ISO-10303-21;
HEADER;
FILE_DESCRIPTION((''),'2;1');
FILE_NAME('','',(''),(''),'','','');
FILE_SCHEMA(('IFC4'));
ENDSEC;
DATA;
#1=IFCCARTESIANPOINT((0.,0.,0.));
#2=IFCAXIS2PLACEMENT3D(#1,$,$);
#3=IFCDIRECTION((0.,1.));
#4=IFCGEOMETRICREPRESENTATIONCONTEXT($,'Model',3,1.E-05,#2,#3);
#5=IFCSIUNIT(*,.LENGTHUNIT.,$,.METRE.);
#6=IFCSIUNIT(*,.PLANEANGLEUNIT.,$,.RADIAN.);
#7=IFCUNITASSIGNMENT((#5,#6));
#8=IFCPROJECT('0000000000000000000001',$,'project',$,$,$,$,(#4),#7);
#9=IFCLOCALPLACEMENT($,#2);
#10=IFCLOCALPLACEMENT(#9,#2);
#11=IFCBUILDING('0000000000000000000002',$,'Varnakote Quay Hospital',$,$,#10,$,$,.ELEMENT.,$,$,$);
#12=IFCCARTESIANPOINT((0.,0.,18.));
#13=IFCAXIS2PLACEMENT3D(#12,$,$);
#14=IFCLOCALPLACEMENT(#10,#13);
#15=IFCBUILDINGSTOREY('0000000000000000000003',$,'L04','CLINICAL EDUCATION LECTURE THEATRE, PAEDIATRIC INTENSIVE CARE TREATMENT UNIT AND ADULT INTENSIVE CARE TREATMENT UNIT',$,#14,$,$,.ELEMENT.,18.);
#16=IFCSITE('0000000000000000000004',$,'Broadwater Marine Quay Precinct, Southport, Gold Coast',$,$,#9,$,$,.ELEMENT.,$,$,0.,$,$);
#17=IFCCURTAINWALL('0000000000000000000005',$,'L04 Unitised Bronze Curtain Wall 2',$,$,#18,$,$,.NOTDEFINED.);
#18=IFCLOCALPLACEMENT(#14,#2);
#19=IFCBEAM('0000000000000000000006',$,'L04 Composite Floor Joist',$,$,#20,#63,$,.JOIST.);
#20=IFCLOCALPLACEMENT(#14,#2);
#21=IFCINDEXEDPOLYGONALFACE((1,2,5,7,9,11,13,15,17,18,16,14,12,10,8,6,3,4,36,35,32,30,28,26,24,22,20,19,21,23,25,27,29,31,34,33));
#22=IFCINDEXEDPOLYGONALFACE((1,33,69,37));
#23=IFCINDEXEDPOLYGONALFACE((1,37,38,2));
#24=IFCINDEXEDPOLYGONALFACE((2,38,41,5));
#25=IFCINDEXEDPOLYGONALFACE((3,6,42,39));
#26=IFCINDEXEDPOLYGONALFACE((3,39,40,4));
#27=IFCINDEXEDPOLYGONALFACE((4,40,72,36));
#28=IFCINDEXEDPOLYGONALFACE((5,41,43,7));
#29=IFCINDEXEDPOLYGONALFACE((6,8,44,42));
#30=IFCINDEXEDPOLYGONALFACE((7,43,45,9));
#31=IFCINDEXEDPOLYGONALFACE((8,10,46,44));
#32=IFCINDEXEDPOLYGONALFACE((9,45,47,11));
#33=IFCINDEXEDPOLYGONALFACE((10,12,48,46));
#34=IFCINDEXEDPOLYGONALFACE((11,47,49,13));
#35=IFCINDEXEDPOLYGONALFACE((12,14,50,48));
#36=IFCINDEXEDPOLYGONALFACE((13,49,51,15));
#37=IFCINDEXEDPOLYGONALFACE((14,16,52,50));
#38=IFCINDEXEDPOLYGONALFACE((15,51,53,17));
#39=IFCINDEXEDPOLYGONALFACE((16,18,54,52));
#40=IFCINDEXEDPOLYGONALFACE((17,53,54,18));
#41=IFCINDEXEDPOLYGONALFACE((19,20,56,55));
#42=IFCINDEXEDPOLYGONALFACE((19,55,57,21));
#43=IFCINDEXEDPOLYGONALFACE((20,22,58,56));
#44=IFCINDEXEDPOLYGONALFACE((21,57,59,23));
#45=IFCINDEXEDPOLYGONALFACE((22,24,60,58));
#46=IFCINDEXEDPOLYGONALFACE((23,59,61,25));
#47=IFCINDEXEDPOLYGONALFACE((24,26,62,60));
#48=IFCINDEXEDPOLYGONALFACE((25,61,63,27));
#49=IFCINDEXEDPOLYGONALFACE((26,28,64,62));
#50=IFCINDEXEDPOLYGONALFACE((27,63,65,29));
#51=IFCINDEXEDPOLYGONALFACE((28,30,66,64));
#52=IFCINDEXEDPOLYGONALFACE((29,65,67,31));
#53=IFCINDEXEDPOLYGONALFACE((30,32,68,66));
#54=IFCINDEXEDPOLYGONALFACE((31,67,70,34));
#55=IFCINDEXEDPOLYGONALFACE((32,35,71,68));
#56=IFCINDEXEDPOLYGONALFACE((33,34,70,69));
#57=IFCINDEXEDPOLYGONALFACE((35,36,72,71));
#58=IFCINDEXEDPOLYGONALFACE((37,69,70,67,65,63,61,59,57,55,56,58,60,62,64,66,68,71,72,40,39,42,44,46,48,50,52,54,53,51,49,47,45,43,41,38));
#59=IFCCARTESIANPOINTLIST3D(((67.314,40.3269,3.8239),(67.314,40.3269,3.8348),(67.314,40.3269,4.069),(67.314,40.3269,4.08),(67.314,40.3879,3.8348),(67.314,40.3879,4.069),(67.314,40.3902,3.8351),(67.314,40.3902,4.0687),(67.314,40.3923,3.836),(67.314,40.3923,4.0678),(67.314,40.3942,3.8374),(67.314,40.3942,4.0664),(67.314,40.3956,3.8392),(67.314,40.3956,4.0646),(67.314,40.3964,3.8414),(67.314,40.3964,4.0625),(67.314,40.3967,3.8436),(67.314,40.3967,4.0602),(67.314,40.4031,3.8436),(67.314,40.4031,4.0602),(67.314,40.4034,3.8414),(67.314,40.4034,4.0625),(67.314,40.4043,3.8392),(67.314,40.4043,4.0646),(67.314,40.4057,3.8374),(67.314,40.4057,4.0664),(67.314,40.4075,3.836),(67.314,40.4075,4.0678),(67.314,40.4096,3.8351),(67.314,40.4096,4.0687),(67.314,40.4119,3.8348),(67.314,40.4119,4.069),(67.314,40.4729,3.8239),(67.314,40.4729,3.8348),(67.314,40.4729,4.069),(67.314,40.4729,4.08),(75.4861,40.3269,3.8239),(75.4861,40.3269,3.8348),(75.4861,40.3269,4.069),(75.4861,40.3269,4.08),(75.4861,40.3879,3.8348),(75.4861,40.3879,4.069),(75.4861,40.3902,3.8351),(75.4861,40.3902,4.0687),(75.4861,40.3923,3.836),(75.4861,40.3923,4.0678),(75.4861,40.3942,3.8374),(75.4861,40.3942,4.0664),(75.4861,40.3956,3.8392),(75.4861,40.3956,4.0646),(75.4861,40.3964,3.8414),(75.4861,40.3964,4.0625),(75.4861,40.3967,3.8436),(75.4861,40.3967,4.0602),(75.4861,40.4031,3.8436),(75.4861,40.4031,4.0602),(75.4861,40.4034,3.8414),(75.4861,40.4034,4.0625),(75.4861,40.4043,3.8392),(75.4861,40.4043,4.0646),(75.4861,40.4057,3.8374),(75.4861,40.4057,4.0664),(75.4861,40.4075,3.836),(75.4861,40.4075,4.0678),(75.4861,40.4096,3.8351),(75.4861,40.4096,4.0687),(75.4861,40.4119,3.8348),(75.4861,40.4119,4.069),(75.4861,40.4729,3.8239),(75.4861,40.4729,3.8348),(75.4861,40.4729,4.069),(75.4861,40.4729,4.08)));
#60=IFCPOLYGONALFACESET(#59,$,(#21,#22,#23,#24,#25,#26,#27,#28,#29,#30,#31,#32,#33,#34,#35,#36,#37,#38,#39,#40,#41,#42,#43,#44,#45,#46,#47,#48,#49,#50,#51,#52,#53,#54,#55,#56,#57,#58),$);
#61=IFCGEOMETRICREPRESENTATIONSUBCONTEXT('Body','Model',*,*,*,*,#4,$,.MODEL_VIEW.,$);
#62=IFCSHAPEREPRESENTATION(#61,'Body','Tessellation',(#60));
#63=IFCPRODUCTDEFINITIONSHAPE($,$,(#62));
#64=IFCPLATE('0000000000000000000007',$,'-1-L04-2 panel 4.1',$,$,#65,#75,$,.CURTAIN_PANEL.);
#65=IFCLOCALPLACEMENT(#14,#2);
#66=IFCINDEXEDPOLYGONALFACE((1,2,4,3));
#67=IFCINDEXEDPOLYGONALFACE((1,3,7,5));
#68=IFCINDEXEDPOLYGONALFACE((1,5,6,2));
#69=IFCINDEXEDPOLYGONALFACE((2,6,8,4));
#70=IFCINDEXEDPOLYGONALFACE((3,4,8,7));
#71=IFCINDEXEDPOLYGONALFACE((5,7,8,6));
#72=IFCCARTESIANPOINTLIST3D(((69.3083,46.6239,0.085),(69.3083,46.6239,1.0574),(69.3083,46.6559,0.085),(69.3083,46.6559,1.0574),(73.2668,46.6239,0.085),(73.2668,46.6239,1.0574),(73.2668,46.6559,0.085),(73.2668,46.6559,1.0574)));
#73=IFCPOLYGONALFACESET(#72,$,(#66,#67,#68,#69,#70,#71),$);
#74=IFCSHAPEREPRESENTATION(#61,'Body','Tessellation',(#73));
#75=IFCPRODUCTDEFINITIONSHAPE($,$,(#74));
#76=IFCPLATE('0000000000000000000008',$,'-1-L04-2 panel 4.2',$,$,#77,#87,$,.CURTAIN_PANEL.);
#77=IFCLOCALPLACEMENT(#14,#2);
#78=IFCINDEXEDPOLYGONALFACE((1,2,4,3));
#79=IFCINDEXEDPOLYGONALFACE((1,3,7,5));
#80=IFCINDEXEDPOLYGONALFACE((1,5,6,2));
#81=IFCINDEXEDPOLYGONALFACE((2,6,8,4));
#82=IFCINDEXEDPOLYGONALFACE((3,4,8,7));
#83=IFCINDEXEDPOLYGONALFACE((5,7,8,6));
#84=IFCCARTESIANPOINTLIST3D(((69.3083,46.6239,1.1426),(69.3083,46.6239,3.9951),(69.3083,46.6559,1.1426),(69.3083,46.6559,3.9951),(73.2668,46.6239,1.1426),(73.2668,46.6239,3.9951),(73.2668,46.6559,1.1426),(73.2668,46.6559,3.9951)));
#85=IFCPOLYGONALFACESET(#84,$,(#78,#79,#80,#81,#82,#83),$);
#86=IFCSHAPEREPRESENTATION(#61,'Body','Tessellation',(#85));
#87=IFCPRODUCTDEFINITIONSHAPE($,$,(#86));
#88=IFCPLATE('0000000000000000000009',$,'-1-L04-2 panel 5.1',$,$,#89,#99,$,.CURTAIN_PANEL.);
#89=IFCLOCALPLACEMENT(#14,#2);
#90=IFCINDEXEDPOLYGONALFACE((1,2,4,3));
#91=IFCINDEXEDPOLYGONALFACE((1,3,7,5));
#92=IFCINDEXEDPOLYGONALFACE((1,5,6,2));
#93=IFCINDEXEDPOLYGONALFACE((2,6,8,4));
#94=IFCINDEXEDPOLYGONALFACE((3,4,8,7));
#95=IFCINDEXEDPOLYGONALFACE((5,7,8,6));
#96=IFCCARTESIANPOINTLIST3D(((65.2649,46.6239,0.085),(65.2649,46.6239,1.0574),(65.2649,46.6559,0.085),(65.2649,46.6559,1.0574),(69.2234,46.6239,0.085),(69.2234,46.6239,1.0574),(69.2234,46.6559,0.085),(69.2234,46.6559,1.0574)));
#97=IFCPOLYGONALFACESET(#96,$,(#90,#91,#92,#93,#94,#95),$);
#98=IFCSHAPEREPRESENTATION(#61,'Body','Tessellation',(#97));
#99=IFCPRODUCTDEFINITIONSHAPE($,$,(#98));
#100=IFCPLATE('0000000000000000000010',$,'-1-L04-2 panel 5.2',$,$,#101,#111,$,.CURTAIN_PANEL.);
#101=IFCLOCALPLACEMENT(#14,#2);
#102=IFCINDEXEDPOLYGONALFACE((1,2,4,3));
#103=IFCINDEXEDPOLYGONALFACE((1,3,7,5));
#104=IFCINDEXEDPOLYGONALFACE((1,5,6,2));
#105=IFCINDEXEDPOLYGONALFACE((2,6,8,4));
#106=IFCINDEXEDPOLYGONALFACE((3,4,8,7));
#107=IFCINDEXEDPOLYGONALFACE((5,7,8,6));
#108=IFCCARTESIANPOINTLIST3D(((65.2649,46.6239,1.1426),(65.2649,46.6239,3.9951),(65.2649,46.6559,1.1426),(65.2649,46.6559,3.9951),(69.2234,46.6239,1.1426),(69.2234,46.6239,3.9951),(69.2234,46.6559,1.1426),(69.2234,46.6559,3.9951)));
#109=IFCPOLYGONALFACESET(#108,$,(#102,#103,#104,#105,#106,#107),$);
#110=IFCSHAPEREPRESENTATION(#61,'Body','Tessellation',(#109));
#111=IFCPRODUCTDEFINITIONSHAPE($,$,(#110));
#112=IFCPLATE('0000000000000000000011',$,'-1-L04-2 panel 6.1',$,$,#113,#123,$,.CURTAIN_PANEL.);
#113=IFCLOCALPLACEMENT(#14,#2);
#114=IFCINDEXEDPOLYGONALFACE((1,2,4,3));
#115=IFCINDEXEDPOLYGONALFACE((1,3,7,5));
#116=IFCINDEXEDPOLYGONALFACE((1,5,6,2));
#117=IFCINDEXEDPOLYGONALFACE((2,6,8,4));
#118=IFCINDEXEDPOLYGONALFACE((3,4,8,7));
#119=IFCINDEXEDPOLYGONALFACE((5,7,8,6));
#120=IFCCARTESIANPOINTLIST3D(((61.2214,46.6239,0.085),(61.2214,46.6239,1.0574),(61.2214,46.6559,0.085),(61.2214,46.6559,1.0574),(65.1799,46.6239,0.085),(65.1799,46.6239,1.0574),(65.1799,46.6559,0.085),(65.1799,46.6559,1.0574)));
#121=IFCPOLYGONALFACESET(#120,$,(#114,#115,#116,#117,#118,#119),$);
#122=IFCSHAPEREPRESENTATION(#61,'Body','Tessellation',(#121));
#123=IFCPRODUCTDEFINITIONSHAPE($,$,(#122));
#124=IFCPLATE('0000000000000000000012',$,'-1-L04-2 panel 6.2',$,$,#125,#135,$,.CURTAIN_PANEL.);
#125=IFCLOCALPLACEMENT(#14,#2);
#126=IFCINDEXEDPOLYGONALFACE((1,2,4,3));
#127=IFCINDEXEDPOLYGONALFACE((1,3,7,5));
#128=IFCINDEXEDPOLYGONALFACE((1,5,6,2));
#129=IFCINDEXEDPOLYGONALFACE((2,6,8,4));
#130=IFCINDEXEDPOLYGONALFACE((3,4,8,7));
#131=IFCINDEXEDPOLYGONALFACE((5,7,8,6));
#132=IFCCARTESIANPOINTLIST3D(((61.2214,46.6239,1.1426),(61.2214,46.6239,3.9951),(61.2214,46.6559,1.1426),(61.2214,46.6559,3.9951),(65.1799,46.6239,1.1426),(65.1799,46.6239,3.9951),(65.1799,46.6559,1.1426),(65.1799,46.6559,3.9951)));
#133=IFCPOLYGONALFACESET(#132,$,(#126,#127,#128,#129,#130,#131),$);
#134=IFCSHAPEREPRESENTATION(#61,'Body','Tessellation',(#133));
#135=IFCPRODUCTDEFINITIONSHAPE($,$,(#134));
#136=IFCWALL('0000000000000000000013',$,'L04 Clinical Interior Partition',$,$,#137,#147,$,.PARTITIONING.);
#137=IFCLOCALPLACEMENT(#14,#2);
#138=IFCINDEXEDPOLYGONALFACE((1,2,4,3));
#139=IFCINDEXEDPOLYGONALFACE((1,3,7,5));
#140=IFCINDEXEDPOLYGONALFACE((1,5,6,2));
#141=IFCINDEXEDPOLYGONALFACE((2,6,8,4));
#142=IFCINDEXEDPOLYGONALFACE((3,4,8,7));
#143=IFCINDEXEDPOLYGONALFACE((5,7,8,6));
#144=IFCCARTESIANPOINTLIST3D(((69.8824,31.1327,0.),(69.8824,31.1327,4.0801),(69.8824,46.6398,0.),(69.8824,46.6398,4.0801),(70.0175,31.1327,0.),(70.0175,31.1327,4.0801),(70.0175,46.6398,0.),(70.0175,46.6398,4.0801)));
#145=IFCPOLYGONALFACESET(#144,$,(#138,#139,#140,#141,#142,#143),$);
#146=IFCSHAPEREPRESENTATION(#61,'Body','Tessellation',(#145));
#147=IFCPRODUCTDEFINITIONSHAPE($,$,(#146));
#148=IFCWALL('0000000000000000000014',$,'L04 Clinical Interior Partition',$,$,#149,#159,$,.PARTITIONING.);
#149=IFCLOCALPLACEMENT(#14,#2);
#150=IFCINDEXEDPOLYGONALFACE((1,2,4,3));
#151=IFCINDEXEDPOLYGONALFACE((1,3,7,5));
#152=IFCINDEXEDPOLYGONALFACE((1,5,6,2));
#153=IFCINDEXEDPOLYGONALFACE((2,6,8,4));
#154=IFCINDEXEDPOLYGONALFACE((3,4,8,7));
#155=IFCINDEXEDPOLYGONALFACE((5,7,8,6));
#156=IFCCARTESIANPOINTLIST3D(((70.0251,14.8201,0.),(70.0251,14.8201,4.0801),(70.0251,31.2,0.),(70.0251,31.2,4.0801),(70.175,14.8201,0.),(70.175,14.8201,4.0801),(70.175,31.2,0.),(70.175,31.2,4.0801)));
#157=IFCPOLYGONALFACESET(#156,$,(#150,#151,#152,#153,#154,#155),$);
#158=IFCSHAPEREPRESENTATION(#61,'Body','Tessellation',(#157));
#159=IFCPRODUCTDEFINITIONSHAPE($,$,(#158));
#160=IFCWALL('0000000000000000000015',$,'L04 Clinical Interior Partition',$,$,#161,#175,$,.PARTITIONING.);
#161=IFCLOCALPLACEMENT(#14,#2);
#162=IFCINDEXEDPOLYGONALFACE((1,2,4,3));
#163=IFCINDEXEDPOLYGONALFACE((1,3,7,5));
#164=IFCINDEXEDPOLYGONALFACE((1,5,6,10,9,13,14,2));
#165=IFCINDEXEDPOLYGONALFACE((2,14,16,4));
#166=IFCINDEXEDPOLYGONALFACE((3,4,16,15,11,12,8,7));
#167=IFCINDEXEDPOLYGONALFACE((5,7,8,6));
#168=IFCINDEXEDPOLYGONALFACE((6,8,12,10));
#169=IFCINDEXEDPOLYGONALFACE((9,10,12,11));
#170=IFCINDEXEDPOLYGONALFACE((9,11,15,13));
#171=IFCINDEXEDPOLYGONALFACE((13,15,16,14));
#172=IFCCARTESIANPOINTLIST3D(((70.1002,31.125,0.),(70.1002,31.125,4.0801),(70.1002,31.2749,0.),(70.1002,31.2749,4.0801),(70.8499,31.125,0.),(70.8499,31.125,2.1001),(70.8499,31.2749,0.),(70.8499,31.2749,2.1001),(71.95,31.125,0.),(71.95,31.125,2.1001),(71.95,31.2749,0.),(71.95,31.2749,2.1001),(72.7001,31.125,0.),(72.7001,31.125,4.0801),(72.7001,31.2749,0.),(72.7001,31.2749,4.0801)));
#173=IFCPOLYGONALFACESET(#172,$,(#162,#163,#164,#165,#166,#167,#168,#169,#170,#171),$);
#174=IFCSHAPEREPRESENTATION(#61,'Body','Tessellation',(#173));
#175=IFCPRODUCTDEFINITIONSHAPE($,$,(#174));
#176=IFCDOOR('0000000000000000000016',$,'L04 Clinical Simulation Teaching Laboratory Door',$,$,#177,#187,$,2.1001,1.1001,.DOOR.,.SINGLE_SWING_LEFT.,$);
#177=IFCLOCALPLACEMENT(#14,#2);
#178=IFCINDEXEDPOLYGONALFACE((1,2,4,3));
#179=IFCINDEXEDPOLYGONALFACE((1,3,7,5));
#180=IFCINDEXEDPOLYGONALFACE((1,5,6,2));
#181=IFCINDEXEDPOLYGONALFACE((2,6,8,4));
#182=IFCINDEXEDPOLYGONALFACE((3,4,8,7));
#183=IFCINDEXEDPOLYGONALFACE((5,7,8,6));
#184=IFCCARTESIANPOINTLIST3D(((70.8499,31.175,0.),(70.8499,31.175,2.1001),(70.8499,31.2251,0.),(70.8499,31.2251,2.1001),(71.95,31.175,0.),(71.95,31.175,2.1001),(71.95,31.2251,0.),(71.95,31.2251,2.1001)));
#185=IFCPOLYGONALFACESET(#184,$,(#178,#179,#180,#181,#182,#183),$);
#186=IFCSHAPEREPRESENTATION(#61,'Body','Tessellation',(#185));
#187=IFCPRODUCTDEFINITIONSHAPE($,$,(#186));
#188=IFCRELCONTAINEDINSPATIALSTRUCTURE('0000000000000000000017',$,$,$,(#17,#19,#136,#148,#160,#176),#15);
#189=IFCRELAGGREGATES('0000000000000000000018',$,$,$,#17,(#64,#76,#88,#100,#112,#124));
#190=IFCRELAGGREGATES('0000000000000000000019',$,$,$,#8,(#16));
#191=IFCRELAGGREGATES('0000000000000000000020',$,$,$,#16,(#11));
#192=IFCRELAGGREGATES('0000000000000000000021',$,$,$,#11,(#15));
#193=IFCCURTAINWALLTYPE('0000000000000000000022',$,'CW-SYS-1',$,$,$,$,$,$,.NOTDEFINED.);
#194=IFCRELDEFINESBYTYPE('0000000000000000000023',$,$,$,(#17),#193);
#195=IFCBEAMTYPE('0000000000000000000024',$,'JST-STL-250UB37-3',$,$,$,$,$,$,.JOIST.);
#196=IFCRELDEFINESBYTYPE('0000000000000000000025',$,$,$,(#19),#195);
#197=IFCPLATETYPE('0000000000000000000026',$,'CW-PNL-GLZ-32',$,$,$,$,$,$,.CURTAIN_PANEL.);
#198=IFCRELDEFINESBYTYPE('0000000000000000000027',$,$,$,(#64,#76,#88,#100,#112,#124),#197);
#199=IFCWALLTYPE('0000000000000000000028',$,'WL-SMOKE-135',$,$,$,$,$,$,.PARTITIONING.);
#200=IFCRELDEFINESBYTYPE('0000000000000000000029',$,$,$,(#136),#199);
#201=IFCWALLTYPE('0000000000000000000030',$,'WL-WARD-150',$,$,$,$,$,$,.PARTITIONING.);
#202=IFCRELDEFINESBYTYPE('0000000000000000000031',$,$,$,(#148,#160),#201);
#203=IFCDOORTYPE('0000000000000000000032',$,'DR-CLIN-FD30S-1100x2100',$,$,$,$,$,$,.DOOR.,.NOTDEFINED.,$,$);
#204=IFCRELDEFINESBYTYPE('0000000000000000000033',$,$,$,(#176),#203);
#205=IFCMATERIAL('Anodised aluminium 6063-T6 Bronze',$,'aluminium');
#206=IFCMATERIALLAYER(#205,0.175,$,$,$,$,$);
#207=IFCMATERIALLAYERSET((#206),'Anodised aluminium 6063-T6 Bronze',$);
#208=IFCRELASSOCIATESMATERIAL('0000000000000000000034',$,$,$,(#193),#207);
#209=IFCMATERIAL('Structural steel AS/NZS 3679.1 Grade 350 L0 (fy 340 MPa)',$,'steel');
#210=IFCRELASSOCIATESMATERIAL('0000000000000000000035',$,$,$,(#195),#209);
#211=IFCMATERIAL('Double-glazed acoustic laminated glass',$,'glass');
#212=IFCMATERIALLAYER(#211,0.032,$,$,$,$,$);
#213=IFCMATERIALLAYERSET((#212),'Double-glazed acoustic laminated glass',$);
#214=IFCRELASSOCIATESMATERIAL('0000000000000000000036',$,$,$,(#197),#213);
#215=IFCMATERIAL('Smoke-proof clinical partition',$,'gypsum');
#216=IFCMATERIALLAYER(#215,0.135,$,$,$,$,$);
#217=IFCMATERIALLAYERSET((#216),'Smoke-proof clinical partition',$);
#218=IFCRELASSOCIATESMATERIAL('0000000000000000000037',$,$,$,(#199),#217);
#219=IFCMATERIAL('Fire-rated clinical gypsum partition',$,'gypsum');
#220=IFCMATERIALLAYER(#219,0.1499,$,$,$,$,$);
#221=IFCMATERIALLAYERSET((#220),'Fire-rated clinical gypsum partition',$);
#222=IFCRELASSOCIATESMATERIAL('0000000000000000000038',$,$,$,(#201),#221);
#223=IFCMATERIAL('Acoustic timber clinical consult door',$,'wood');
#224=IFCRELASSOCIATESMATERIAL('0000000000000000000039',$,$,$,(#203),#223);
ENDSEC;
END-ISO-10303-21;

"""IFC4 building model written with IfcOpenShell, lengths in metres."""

from ifc_helpers import new_model, si_unit, direction, frame, frame_2d, origin, origin_2d, place, context, subcontext, project, spatial, rectangle, i_section, extrude, material, layer, layer_set, material_profile, profile_set, type_object, element, fill, aggregate, save


model = new_model("IFC4")

# Units and contexts
model_context = context("Model", 3, precision=1e-05, world=origin(), true_north=direction((0.0, 1.0)))
body_context = subcontext(model_context, "Body", "Model", "MODEL_VIEW")
ifc_project = project(units=[si_unit("LENGTHUNIT", "METRE"), si_unit("PLANEANGLEUNIT", "RADIAN")], contexts=[model_context])

# Site, building, storey
site_placement = place(None, origin())
site = spatial("IfcSite", under=ifc_project, at=site_placement, Name="Broadwater Marine Quay Precinct, Southport, Gold Coast", CompositionType="ELEMENT", RefElevation=0.0)
building_placement = place(site_placement, origin())
building = spatial("IfcBuilding", under=site, at=building_placement, Name="Varnakote Quay Hospital", CompositionType="ELEMENT")
storey_placement = place(building_placement, frame((0.0, 0.0, 18.0)))
storey = spatial("IfcBuildingStorey", under=building, at=storey_placement, Name="L04", Description="CLINICAL EDUCATION LECTURE THEATRE, PAEDIATRIC INTENSIVE CARE TREATMENT UNIT AND ADULT INTENSIVE CARE TREATMENT UNIT", CompositionType="ELEMENT", Elevation=18.0)

# Curtain wall
ifc_material_1 = material(Name="Anodised aluminium 6063-T6 Bronze", Category="aluminium")
ifc_layer_1 = layer(ifc_material_1, 0.175)
ifc_layer_set_1 = layer_set([ifc_layer_1], Name="Anodised aluminium 6063-T6 Bronze")
curtain_wall_type = type_object("IfcCurtainWallType", Name="CW-SYS-1", PredefinedType="NOTDEFINED", material=ifc_layer_set_1)
curtain_wall_placement = place(storey_placement, origin())
curtain_wall = element("IfcCurtainWall", 1, at=curtain_wall_placement, inside=storey, type_object=curtain_wall_type, Name="L04 Unitised Bronze Curtain Wall 2", PredefinedType="NOTDEFINED")

# Beam
ifc_material_2 = material(Name="Structural steel AS/NZS 3679.1 Grade 350 L0 (fy 340 MPa)", Category="steel")
ifc_material_profile_1 = material_profile(ifc_material_2, i_section(OverallWidth=0.146, OverallDepth=0.2561, WebThickness=0.0063, FlangeThickness=0.011, FilletRadius=0.0088, at=origin_2d()), Name="250UB37.3")
ifc_profile_set_1 = profile_set([ifc_material_profile_1], Name="Structural steel AS/NZS 3679.1 Grade 350 L0 (fy 340 MPa)")
beam_type_1 = type_object("IfcBeamType", Name="JST-STL-250UB37-3", PredefinedType="JOIST", material=ifc_profile_set_1)
for number, where, z_axis, x_axis, name in (
    (2, (67.314, 40.3999, 3.9519), (1.0, 0.0, 0.0), (0.0, 1.0, 0.0), "L04 Composite Floor Joist"),
):
    element("IfcBeam", number, at=place(storey_placement, frame(where, z_axis=z_axis, x_axis=x_axis)), inside=storey, type_object=beam_type_1, Name=name, PredefinedType="JOIST", context=body_context, shape_type="SweptSolid", body=[
        extrude(i_section(OverallWidth=0.146, OverallDepth=0.2561, WebThickness=0.0063, FlangeThickness=0.011, FilletRadius=0.0088, at=origin_2d()), origin(), (0.0, 0.0, 1.0), 8.1721),
    ])

# Plates
ifc_material_3 = material(Name="Double-glazed acoustic laminated glass", Category="glass")
ifc_layer_2 = layer(ifc_material_3, 0.032)
ifc_layer_set_2 = layer_set([ifc_layer_2], Name="Double-glazed acoustic laminated glass")
plate_type = type_object("IfcPlateType", Name="CW-PNL-GLZ-32", PredefinedType="CURTAIN_PANEL", material=ifc_layer_set_2)
plate_1_placement = place(storey_placement, frame((71.2876, 46.6399, 0.085), z_axis=(0.0, 0.0, 1.0), x_axis=(-1.0, 0.0, 0.0)))
plate_1 = element("IfcPlate", 3, at=plate_1_placement, type_object=plate_type, Name="-1-L04-2 panel 4.1", PredefinedType="CURTAIN_PANEL", context=body_context, shape_type="SweptSolid", body=[
    extrude(rectangle(XDim=3.9585, YDim=0.032, at=origin_2d()), origin(), (0.0, 0.0, 1.0), 0.9724),
])
plate_2_placement = place(storey_placement, frame((71.2876, 46.6399, 1.1426), z_axis=(0.0, 0.0, 1.0), x_axis=(-1.0, 0.0, 0.0)))
plate_2 = element("IfcPlate", 4, at=plate_2_placement, type_object=plate_type, Name="-1-L04-2 panel 4.2", PredefinedType="CURTAIN_PANEL", context=body_context, shape_type="SweptSolid", body=[
    extrude(rectangle(XDim=3.9585, YDim=0.032, at=origin_2d()), origin(), (0.0, 0.0, 1.0), 2.8525),
])
plate_3_placement = place(storey_placement, frame((67.2441, 46.6399, 0.085), z_axis=(0.0, 0.0, 1.0), x_axis=(-1.0, 0.0, 0.0)))
plate_3 = element("IfcPlate", 5, at=plate_3_placement, type_object=plate_type, Name="-1-L04-2 panel 5.1", PredefinedType="CURTAIN_PANEL", context=body_context, shape_type="SweptSolid", body=[
    extrude(rectangle(XDim=3.9585, YDim=0.032, at=origin_2d()), origin(), (0.0, 0.0, 1.0), 0.9724),
])
plate_4_placement = place(storey_placement, frame((67.2441, 46.6399, 1.1426), z_axis=(0.0, 0.0, 1.0), x_axis=(-1.0, 0.0, 0.0)))
plate_4 = element("IfcPlate", 6, at=plate_4_placement, type_object=plate_type, Name="-1-L04-2 panel 5.2", PredefinedType="CURTAIN_PANEL", context=body_context, shape_type="SweptSolid", body=[
    extrude(rectangle(XDim=3.9585, YDim=0.032, at=origin_2d()), origin(), (0.0, 0.0, 1.0), 2.8525),
])
plate_5_placement = place(storey_placement, frame((63.2007, 46.6399, 0.085), z_axis=(0.0, 0.0, 1.0), x_axis=(-1.0, 0.0, 0.0)))
plate_5 = element("IfcPlate", 7, at=plate_5_placement, type_object=plate_type, Name="-1-L04-2 panel 6.1", PredefinedType="CURTAIN_PANEL", context=body_context, shape_type="SweptSolid", body=[
    extrude(rectangle(XDim=3.9585, YDim=0.032, at=origin_2d()), origin(), (0.0, 0.0, 1.0), 0.9724),
])
plate_6_placement = place(storey_placement, frame((63.2007, 46.6399, 1.1426), z_axis=(0.0, 0.0, 1.0), x_axis=(-1.0, 0.0, 0.0)))
plate_6 = element("IfcPlate", 8, at=plate_6_placement, type_object=plate_type, Name="-1-L04-2 panel 6.2", PredefinedType="CURTAIN_PANEL", context=body_context, shape_type="SweptSolid", body=[
    extrude(rectangle(XDim=3.9585, YDim=0.032, at=origin_2d()), origin(), (0.0, 0.0, 1.0), 2.8525),
])
aggregate(curtain_wall, [plate_1, plate_2, plate_3, plate_4, plate_5, plate_6])

# Walls
ifc_material_4 = material(Name="Smoke-proof clinical partition", Category="gypsum")
ifc_layer_3 = layer(ifc_material_4, 0.135)
ifc_layer_set_3 = layer_set([ifc_layer_3], Name="Smoke-proof clinical partition")
wall_type_1 = type_object("IfcWallType", Name="WL-SMOKE-135", PredefinedType="PARTITIONING", material=ifc_layer_set_3)
wall_1_placement = place(storey_placement, frame((69.95, 31.1328, 0.0), z_axis=(0.0, 0.0, 1.0), x_axis=(0.0, 1.0, 0.0)))
element("IfcWall", 9, at=wall_1_placement, inside=storey, type_object=wall_type_1, Name="L04 Clinical Interior Partition", PredefinedType="PARTITIONING", context=body_context, shape_type="SweptSolid", body=[
    extrude(rectangle(XDim=15.5071, YDim=0.135, at=frame_2d((7.7534, 0.0))), origin(), (0.0, 0.0, 1.0), 4.0801),
])
ifc_material_5 = material(Name="Fire-rated clinical gypsum partition", Category="gypsum")
ifc_layer_4 = layer(ifc_material_5, 0.1499)
ifc_layer_set_4 = layer_set([ifc_layer_4], Name="Fire-rated clinical gypsum partition")
wall_type_2 = type_object("IfcWallType", Name="WL-WARD-150", PredefinedType="PARTITIONING", material=ifc_layer_set_4)
wall_2_placement = place(storey_placement, frame((70.1001, 31.2, 0.0), z_axis=(0.0, 0.0, 1.0), x_axis=(0.0, -1.0, 0.0)))
element("IfcWall", 10, at=wall_2_placement, inside=storey, type_object=wall_type_2, Name="L04 Clinical Interior Partition", PredefinedType="PARTITIONING", context=body_context, shape_type="SweptSolid", body=[
    extrude(rectangle(XDim=16.3799, YDim=0.1499, at=frame_2d((8.1899, 0.0))), origin(), (0.0, 0.0, 1.0), 4.0801),
])

# Wall, opening, door
wall_3_placement = place(storey_placement, frame((72.7, 31.2, 0.0), z_axis=(0.0, 0.0, 1.0), x_axis=(-1.0, 0.0, 0.0)))
wall_3 = element("IfcWall", 11, at=wall_3_placement, inside=storey, type_object=wall_type_2, Name="L04 Clinical Interior Partition", PredefinedType="PARTITIONING", context=body_context, shape_type="SweptSolid", body=[
    extrude(rectangle(XDim=2.5999, YDim=0.1499, at=frame_2d((1.2998, 0.0))), origin(), (0.0, 0.0, 1.0), 4.0801),
])
opening_placement = place(wall_3_placement, frame((0.75, 0.0, 0.0)))
opening = element("IfcOpeningElement", 12, at=opening_placement, cuts=wall_3, PredefinedType="OPENING", context=body_context, shape_type="SweptSolid", body=[
    extrude(rectangle(XDim=1.1001, YDim=2.1001, at=frame_2d((0.55, 1.05))), frame((0.0, 0.085, 0.0), z_axis=(0.0, -1.0, 0.0), x_axis=(1.0, 0.0, 0.0)), (0.0, 0.0, 1.0), 0.1699),
])
ifc_material_6 = material(Name="Acoustic timber clinical consult door", Category="wood")
door_type = type_object("IfcDoorType", Name="DR-CLIN-FD30S-1100x2100", OperationType="NOTDEFINED", PredefinedType="DOOR", material=ifc_material_6)
door_placement = place(opening_placement, origin())
door = element("IfcDoor", 13, at=door_placement, inside=storey, type_object=door_type, Name="L04 Clinical Simulation Teaching Laboratory Door", OperationType="SINGLE_SWING_LEFT", OverallHeight=2.1001, OverallWidth=1.1001, PredefinedType="DOOR", context=body_context, shape_type="SweptSolid", body=[
    extrude(rectangle(XDim=1.1001, YDim=2.1001, at=frame_2d((0.55, 1.05))), frame((0.0, 0.0249, 0.0), z_axis=(0.0, -1.0, 0.0), x_axis=(1.0, 0.0, 0.0)), (0.0, 0.0, 1.0), 0.05),
])
fill(opening, door)

save(model, "model.ifc")
